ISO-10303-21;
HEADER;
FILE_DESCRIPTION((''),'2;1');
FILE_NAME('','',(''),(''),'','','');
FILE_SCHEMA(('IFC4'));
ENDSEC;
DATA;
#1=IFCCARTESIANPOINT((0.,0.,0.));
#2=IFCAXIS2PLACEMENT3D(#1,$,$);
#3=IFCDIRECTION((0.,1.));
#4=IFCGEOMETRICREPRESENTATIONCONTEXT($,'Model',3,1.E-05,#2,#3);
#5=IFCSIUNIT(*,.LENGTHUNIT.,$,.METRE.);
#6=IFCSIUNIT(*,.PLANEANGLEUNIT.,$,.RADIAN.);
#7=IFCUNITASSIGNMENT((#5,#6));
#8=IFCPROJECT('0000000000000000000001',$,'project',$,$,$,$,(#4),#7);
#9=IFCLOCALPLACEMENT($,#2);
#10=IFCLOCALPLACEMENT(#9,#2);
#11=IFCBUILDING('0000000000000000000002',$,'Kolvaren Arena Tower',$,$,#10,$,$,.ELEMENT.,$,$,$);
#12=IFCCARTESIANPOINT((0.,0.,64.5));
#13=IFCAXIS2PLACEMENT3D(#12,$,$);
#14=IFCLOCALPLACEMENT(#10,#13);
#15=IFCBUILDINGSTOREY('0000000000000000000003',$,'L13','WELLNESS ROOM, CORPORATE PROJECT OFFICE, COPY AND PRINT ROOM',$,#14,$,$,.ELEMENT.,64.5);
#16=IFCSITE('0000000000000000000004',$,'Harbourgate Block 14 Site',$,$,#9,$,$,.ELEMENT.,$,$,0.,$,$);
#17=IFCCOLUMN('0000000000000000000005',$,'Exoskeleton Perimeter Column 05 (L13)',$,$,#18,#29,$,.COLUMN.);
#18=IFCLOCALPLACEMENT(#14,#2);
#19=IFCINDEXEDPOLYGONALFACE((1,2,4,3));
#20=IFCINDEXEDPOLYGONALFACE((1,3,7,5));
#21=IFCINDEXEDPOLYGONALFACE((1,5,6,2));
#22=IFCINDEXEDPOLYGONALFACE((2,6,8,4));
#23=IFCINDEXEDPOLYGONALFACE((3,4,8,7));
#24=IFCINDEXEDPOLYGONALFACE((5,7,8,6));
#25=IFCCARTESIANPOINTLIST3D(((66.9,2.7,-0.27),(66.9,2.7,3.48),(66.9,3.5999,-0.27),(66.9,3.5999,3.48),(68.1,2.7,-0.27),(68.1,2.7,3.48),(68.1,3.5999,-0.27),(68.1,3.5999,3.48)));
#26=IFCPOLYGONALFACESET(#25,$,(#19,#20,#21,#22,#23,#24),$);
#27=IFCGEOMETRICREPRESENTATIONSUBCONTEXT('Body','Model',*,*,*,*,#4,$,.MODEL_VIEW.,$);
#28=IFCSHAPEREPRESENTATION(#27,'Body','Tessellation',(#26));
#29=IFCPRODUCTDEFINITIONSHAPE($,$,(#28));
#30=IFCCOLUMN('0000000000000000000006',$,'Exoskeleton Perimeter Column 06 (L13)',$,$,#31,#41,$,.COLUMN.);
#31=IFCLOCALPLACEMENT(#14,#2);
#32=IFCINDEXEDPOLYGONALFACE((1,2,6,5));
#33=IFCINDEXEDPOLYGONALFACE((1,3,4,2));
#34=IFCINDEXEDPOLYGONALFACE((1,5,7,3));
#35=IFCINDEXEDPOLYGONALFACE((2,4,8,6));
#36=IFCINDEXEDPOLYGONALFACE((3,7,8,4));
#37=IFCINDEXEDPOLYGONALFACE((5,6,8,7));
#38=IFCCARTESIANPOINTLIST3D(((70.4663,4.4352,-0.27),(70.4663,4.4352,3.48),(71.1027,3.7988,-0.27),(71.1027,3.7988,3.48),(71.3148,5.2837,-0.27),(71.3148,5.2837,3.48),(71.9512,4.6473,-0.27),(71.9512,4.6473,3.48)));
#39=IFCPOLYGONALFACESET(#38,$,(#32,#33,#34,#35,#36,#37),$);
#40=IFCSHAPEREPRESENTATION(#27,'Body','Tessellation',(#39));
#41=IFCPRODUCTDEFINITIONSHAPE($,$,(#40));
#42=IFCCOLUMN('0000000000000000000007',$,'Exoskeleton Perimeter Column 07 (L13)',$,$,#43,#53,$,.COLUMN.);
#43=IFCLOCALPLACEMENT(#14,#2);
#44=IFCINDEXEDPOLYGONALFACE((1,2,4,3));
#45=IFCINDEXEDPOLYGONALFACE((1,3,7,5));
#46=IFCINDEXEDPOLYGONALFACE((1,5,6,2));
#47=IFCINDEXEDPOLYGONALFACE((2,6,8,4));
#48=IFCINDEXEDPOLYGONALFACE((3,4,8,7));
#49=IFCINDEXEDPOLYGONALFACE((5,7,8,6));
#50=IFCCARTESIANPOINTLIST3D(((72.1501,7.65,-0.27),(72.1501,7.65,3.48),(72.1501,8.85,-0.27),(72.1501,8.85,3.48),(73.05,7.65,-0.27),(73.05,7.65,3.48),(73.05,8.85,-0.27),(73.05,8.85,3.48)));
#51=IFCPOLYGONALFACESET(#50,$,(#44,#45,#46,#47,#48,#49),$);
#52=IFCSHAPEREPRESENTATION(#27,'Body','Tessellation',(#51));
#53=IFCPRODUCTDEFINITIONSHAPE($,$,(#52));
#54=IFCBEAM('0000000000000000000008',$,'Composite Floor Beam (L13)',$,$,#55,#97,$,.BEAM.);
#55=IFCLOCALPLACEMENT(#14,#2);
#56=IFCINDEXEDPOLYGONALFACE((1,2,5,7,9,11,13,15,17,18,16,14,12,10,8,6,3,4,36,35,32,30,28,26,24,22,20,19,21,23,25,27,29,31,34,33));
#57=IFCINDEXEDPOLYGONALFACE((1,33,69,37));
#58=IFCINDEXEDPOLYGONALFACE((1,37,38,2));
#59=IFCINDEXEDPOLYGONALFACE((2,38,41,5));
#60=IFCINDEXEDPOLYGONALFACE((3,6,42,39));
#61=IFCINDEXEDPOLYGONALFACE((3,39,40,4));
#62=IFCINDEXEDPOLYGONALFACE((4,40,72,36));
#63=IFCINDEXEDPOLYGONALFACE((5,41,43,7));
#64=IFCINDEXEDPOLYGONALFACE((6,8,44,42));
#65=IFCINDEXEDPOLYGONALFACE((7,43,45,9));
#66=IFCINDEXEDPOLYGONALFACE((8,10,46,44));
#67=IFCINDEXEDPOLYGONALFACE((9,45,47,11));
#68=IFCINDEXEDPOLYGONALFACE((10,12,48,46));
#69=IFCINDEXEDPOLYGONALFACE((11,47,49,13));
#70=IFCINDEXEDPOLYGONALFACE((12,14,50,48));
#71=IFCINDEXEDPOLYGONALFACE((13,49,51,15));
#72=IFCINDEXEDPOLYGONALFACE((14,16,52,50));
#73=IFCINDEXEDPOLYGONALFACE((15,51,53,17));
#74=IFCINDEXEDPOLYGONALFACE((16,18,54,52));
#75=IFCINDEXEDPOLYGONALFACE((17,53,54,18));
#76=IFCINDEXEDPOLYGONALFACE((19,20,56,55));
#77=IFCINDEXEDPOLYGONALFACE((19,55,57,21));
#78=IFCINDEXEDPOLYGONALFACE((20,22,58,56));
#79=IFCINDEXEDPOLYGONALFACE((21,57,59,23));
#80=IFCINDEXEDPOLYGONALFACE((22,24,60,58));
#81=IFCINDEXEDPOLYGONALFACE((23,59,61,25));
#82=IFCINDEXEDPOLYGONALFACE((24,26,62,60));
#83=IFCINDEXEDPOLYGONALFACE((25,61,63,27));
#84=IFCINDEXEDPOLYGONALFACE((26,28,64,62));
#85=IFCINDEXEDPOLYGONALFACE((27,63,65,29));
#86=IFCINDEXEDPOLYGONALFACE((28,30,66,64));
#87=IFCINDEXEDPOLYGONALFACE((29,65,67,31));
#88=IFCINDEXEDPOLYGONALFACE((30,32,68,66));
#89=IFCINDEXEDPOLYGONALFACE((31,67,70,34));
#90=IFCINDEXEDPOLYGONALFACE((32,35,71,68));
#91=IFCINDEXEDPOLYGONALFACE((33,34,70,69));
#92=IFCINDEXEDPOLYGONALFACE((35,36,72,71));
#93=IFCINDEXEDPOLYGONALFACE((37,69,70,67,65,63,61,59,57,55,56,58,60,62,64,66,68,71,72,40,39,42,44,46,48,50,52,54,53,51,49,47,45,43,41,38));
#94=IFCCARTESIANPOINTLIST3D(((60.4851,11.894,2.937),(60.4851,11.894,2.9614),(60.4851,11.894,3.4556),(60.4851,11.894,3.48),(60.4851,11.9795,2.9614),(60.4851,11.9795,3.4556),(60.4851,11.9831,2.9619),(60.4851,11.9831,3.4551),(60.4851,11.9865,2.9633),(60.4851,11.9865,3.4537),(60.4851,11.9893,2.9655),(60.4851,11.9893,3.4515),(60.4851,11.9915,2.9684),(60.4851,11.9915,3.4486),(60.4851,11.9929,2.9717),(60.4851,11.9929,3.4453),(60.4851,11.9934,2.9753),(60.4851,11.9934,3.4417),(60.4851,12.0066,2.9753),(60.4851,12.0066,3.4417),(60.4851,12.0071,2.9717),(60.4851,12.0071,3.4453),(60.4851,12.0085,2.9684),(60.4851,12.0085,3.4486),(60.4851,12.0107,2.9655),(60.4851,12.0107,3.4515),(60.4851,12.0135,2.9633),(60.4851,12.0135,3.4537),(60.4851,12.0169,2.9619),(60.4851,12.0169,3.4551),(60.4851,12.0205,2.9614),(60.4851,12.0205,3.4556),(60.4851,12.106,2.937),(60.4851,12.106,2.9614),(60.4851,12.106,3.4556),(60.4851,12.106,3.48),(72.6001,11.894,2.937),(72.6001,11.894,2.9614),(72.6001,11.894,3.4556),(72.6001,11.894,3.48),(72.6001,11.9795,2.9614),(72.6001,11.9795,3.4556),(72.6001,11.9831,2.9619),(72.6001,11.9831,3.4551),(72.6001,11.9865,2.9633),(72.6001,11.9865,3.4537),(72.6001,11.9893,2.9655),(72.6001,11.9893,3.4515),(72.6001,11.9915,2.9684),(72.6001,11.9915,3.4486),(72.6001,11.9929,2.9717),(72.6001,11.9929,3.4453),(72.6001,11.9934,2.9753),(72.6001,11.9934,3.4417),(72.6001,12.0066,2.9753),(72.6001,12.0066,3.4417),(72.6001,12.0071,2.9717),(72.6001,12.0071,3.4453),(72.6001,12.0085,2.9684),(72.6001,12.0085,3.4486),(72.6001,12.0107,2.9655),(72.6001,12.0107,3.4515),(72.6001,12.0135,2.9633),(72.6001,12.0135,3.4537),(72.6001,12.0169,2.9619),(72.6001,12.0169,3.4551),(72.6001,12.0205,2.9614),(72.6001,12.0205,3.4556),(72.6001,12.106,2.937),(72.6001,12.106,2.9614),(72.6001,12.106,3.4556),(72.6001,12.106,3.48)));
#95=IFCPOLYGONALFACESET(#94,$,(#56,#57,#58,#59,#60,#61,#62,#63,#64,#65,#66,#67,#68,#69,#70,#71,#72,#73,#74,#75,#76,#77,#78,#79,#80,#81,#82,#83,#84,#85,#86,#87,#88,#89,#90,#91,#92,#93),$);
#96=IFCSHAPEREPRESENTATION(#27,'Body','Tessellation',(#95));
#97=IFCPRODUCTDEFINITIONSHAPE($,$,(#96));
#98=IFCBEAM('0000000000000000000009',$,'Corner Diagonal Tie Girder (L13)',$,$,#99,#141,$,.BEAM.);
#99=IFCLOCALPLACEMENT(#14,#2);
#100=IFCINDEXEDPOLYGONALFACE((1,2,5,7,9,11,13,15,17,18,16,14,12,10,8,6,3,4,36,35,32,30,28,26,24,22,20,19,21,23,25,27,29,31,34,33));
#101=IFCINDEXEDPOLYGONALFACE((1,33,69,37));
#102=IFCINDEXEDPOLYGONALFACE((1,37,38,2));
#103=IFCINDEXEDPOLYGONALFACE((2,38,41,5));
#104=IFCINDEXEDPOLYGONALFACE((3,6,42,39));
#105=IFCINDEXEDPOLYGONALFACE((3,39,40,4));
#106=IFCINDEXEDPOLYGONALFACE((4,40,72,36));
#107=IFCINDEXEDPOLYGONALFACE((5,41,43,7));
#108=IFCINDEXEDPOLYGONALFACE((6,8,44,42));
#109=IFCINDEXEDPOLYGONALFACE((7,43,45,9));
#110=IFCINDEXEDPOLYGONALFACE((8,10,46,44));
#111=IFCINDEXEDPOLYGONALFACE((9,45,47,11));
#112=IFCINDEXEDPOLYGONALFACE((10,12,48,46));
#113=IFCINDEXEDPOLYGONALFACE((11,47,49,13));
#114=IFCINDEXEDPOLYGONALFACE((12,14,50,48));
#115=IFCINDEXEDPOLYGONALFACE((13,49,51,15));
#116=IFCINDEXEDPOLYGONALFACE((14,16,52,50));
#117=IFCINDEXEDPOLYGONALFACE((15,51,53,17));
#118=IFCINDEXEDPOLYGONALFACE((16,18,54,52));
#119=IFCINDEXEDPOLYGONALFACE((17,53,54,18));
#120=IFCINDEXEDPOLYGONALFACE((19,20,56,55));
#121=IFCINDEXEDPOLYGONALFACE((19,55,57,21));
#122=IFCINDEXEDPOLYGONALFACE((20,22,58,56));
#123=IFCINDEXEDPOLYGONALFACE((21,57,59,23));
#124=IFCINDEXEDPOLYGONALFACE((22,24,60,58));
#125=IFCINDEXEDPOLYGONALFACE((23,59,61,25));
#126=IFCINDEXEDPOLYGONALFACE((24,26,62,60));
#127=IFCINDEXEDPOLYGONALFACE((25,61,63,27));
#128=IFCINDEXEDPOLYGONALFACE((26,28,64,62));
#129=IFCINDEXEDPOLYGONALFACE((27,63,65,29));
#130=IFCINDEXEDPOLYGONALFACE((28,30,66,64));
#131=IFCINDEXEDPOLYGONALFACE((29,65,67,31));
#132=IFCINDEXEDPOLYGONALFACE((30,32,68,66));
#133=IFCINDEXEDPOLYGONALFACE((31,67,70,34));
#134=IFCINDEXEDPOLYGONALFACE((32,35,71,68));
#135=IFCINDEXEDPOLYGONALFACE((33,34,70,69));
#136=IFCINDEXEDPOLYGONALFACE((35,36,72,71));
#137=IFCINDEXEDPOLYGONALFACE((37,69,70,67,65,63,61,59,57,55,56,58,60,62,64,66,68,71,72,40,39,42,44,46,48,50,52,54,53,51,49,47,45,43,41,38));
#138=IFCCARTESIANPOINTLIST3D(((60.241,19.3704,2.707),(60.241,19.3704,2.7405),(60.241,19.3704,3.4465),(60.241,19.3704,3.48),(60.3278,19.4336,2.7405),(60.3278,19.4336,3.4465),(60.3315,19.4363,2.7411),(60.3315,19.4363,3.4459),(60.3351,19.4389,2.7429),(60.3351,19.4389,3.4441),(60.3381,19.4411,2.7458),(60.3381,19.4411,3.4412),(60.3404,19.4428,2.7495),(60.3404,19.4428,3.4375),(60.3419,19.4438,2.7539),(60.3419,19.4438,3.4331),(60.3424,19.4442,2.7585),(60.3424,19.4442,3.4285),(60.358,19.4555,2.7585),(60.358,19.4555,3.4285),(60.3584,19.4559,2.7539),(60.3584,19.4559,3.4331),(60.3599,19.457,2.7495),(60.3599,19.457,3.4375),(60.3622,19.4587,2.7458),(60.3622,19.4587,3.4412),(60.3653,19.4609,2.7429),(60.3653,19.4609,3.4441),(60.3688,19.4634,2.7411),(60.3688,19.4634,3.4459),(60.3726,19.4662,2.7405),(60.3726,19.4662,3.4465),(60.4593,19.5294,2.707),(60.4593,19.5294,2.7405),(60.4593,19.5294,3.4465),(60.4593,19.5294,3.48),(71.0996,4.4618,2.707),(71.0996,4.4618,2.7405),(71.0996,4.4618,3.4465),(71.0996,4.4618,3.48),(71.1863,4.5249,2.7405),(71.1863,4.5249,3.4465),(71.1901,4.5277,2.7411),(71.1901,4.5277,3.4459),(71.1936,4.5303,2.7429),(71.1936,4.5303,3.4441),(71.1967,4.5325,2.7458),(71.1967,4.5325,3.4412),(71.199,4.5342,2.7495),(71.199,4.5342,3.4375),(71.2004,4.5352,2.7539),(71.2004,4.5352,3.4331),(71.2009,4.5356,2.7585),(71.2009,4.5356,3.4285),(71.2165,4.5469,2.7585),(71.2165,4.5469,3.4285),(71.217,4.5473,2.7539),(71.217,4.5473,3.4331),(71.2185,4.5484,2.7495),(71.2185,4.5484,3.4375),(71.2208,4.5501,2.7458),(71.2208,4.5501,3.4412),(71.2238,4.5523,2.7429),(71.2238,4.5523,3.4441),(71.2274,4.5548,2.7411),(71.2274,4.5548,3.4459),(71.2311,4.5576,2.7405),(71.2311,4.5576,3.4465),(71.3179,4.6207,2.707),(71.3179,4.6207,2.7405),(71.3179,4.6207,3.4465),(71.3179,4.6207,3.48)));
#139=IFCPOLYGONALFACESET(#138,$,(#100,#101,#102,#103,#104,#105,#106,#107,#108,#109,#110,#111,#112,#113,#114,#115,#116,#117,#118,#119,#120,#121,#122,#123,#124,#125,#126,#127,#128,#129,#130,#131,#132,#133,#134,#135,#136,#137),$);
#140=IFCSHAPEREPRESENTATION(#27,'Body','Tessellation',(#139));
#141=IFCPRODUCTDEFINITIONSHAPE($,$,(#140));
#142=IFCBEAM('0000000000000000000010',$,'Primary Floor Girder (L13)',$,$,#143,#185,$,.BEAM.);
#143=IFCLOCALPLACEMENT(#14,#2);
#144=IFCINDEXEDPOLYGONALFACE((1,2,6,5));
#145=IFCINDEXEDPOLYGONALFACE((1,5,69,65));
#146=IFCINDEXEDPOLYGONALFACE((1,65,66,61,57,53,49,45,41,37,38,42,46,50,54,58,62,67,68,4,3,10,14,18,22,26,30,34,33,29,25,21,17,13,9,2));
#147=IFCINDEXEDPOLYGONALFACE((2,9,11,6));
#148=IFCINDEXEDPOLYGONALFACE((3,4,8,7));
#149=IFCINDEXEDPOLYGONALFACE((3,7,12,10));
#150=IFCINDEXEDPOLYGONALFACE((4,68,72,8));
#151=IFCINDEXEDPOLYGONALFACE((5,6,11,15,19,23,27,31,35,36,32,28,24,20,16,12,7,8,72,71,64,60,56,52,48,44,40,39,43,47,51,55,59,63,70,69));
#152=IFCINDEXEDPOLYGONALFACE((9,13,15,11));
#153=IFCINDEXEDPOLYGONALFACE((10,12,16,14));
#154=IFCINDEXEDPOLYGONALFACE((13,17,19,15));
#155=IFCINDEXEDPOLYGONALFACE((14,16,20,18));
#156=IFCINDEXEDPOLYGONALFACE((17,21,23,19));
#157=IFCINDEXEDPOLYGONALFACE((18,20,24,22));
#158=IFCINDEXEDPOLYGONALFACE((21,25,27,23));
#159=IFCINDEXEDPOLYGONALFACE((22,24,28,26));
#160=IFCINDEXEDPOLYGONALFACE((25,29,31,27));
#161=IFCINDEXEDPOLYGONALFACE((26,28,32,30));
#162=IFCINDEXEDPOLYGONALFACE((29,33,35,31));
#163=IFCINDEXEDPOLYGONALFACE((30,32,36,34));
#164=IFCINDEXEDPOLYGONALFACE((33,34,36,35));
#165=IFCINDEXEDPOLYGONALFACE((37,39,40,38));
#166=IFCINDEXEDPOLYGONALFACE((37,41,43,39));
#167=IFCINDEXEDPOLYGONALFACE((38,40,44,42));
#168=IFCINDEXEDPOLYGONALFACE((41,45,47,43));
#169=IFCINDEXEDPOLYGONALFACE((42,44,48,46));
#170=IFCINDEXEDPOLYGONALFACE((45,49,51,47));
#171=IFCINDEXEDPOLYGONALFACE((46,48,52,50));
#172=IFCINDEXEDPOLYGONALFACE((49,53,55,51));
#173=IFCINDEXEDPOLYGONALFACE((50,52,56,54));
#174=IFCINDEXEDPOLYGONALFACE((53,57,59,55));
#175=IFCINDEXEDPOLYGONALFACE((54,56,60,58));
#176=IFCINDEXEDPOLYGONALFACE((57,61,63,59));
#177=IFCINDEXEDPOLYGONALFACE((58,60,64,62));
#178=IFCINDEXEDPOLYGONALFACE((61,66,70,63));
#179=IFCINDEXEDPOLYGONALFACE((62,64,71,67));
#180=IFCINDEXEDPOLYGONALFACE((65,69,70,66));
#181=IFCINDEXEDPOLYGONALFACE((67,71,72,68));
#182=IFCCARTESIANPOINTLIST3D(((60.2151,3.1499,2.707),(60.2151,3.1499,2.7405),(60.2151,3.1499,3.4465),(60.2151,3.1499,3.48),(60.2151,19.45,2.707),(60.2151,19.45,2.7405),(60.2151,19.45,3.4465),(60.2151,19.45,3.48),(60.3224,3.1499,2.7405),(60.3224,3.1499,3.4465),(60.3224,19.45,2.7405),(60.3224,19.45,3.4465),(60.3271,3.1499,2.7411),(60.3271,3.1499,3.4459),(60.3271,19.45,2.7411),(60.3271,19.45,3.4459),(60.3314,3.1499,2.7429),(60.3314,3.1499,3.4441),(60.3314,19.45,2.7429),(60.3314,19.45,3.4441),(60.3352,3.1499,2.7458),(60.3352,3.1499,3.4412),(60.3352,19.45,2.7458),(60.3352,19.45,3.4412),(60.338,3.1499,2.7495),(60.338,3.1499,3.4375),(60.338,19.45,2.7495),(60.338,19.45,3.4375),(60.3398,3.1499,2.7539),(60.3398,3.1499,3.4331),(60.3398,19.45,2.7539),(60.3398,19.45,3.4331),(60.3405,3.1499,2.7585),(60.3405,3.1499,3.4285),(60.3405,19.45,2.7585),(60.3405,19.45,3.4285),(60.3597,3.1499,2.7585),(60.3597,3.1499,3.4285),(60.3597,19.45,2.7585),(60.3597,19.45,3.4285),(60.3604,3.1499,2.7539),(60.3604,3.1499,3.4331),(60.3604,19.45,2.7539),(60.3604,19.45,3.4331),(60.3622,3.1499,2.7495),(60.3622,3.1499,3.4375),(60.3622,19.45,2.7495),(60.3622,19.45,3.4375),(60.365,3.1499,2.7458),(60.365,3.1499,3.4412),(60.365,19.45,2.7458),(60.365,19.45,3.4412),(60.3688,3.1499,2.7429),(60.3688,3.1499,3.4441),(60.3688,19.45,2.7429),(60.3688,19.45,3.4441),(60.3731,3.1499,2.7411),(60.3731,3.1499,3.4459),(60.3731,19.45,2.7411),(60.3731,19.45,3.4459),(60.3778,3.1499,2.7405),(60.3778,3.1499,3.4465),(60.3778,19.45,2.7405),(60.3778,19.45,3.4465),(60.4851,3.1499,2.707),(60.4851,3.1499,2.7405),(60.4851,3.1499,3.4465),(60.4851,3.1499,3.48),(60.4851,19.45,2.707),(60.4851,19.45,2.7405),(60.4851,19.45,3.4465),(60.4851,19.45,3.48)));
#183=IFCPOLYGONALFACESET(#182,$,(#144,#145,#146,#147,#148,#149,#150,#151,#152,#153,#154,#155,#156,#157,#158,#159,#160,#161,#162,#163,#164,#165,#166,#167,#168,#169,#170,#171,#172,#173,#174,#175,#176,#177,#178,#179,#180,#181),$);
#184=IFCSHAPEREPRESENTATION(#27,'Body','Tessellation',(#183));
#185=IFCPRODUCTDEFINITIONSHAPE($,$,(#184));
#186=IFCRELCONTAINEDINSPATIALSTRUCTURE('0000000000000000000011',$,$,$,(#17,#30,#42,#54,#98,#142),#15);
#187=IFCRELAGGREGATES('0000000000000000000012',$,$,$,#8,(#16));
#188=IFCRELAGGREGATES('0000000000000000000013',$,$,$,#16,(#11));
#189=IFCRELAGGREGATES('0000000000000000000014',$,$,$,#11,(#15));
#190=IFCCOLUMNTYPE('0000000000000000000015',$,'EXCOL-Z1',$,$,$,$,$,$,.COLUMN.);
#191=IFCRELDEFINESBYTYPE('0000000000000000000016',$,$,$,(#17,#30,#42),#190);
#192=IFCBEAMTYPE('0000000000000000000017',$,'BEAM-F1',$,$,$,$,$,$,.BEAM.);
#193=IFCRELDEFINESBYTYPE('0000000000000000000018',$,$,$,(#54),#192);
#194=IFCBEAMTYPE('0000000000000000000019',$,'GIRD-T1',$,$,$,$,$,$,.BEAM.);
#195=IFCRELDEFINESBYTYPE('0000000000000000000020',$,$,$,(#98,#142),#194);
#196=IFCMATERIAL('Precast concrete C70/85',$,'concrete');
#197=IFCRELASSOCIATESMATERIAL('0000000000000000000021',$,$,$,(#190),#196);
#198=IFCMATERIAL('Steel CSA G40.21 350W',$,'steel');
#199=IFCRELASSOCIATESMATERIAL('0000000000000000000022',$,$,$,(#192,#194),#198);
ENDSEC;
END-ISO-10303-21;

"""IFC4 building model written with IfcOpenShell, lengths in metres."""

from ifc_helpers import new_model, si_unit, direction, frame, origin, origin_2d, place, context, subcontext, project, spatial, rectangle, i_section, extrude, material, material_profile, profile_set, type_object, element, save


model = new_model("IFC4")

# Units and contexts
model_context = context("Model", 3, precision=1e-05, world=origin(), true_north=direction((0.0, 1.0)))
body_context = subcontext(model_context, "Body", "Model", "MODEL_VIEW")
ifc_project = project(units=[si_unit("LENGTHUNIT", "METRE"), si_unit("PLANEANGLEUNIT", "RADIAN")], contexts=[model_context])

# Site, building, storey
site_placement = place(None, origin())
site = spatial("IfcSite", under=ifc_project, at=site_placement, Name="Harbourgate Block 14 Site", CompositionType="ELEMENT", RefElevation=0.0)
building_placement = place(site_placement, origin())
building = spatial("IfcBuilding", under=site, at=building_placement, Name="Kolvaren Arena Tower", CompositionType="ELEMENT")
storey_placement = place(building_placement, frame((0.0, 0.0, 64.5)))
storey = spatial("IfcBuildingStorey", under=building, at=storey_placement, Name="L13", Description="WELLNESS ROOM, CORPORATE PROJECT OFFICE, COPY AND PRINT ROOM", CompositionType="ELEMENT", Elevation=64.5)

# Columns
ifc_material_1 = material(Name="Precast concrete C70/85", Category="concrete")
ifc_material_profile_1 = material_profile(ifc_material_1, rectangle(XDim=1.2, YDim=0.8999, at=origin_2d()), Name="RC-1200x900")
ifc_profile_set_1 = profile_set([ifc_material_profile_1], Name="Precast concrete C70/85")
column_type = type_object("IfcColumnType", Name="EXCOL-Z1", PredefinedType="COLUMN", material=ifc_profile_set_1)
for number, where, z_axis, x_axis, name in (
    (1, (67.5, 3.1499, -0.27), (0.0, 0.0, 1.0), (1.0, 0.0, 0.0), "Exoskeleton Perimeter Column 05 (L13)"),
    (2, (71.2087, 4.5413, -0.27), (0.0, 0.0, 1.0), (0.707107, 0.707107, 0.0), "Exoskeleton Perimeter Column 06 (L13)"),
    (3, (72.6001, 8.25, -0.27), (0.0, 0.0, 1.0), (0.0, 1.0, 0.0), "Exoskeleton Perimeter Column 07 (L13)"),
):
    element("IfcColumn", number, at=place(storey_placement, frame(where, z_axis=z_axis, x_axis=x_axis)), inside=storey, type_object=column_type, Name=name, PredefinedType="COLUMN", context=body_context, shape_type="SweptSolid", body=[
        extrude(rectangle(XDim=1.2, YDim=0.8999, at=origin_2d()), origin(), (0.0, 0.0, 1.0), 3.75),
    ])

# Beams
ifc_material_2 = material(Name="Steel CSA G40.21 350W", Category="steel")
ifc_material_profile_2 = material_profile(ifc_material_2, i_section(OverallWidth=0.2119, OverallDepth=0.543, WebThickness=0.0132, FlangeThickness=0.0244, FilletRadius=0.0139, at=origin_2d()), Name="W530x150")
ifc_profile_set_2 = profile_set([ifc_material_profile_2], Name="Steel CSA G40.21 350W")
beam_type_1 = type_object("IfcBeamType", Name="BEAM-F1", PredefinedType="BEAM", material=ifc_profile_set_2)
beam_1_placement = place(storey_placement, frame((60.4851, 12.0, 3.2085), z_axis=(1.0, 0.0, 0.0), x_axis=(0.0, 1.0, 0.0)))
element("IfcBeam", 4, at=beam_1_placement, inside=storey, type_object=beam_type_1, Name="Composite Floor Beam (L13)", PredefinedType="BEAM", context=body_context, shape_type="SweptSolid", body=[
    extrude(i_section(OverallWidth=0.2119, OverallDepth=0.543, WebThickness=0.0132, FlangeThickness=0.0244, FilletRadius=0.0139, at=origin_2d()), origin(), (0.0, 0.0, 1.0), 12.115),
])
ifc_material_profile_3 = material_profile(ifc_material_2, i_section(OverallWidth=0.27, OverallDepth=0.7729, WebThickness=0.0193, FlangeThickness=0.0334, FilletRadius=0.0181, at=origin_2d()), Name="W760x257")
ifc_profile_set_3 = profile_set([ifc_material_profile_3], Name="Steel CSA G40.21 350W")
beam_type_2 = type_object("IfcBeamType", Name="GIRD-T1", PredefinedType="BEAM", material=ifc_profile_set_3)
beam_2_placement = place(storey_placement, frame((71.2087, 4.5413, 3.0935), z_axis=(-0.588737, 0.808324, 0.0), x_axis=(-0.808324, -0.588737, 0.0)))
element("IfcBeam", 5, at=beam_2_placement, inside=storey, type_object=beam_type_2, Name="Corner Diagonal Tie Girder (L13)", PredefinedType="BEAM", context=body_context, shape_type="SweptSolid", body=[
    extrude(i_section(OverallWidth=0.27, OverallDepth=0.7729, WebThickness=0.0193, FlangeThickness=0.0334, FilletRadius=0.0181, at=origin_2d()), origin(), (0.0, 0.0, 1.0), 18.4438),
])
beam_3_placement = place(storey_placement, frame((60.3501, 3.1499, 3.0935), z_axis=(0.0, 1.0, 0.0), x_axis=(-1.0, 0.0, 0.0)))
element("IfcBeam", 6, at=beam_3_placement, inside=storey, type_object=beam_type_2, Name="Primary Floor Girder (L13)", PredefinedType="BEAM", context=body_context, shape_type="SweptSolid", body=[
    extrude(i_section(OverallWidth=0.27, OverallDepth=0.7729, WebThickness=0.0193, FlangeThickness=0.0334, FilletRadius=0.0181, at=origin_2d()), origin(), (0.0, 0.0, 1.0), 16.3),
])

save(model, "model.ifc")
